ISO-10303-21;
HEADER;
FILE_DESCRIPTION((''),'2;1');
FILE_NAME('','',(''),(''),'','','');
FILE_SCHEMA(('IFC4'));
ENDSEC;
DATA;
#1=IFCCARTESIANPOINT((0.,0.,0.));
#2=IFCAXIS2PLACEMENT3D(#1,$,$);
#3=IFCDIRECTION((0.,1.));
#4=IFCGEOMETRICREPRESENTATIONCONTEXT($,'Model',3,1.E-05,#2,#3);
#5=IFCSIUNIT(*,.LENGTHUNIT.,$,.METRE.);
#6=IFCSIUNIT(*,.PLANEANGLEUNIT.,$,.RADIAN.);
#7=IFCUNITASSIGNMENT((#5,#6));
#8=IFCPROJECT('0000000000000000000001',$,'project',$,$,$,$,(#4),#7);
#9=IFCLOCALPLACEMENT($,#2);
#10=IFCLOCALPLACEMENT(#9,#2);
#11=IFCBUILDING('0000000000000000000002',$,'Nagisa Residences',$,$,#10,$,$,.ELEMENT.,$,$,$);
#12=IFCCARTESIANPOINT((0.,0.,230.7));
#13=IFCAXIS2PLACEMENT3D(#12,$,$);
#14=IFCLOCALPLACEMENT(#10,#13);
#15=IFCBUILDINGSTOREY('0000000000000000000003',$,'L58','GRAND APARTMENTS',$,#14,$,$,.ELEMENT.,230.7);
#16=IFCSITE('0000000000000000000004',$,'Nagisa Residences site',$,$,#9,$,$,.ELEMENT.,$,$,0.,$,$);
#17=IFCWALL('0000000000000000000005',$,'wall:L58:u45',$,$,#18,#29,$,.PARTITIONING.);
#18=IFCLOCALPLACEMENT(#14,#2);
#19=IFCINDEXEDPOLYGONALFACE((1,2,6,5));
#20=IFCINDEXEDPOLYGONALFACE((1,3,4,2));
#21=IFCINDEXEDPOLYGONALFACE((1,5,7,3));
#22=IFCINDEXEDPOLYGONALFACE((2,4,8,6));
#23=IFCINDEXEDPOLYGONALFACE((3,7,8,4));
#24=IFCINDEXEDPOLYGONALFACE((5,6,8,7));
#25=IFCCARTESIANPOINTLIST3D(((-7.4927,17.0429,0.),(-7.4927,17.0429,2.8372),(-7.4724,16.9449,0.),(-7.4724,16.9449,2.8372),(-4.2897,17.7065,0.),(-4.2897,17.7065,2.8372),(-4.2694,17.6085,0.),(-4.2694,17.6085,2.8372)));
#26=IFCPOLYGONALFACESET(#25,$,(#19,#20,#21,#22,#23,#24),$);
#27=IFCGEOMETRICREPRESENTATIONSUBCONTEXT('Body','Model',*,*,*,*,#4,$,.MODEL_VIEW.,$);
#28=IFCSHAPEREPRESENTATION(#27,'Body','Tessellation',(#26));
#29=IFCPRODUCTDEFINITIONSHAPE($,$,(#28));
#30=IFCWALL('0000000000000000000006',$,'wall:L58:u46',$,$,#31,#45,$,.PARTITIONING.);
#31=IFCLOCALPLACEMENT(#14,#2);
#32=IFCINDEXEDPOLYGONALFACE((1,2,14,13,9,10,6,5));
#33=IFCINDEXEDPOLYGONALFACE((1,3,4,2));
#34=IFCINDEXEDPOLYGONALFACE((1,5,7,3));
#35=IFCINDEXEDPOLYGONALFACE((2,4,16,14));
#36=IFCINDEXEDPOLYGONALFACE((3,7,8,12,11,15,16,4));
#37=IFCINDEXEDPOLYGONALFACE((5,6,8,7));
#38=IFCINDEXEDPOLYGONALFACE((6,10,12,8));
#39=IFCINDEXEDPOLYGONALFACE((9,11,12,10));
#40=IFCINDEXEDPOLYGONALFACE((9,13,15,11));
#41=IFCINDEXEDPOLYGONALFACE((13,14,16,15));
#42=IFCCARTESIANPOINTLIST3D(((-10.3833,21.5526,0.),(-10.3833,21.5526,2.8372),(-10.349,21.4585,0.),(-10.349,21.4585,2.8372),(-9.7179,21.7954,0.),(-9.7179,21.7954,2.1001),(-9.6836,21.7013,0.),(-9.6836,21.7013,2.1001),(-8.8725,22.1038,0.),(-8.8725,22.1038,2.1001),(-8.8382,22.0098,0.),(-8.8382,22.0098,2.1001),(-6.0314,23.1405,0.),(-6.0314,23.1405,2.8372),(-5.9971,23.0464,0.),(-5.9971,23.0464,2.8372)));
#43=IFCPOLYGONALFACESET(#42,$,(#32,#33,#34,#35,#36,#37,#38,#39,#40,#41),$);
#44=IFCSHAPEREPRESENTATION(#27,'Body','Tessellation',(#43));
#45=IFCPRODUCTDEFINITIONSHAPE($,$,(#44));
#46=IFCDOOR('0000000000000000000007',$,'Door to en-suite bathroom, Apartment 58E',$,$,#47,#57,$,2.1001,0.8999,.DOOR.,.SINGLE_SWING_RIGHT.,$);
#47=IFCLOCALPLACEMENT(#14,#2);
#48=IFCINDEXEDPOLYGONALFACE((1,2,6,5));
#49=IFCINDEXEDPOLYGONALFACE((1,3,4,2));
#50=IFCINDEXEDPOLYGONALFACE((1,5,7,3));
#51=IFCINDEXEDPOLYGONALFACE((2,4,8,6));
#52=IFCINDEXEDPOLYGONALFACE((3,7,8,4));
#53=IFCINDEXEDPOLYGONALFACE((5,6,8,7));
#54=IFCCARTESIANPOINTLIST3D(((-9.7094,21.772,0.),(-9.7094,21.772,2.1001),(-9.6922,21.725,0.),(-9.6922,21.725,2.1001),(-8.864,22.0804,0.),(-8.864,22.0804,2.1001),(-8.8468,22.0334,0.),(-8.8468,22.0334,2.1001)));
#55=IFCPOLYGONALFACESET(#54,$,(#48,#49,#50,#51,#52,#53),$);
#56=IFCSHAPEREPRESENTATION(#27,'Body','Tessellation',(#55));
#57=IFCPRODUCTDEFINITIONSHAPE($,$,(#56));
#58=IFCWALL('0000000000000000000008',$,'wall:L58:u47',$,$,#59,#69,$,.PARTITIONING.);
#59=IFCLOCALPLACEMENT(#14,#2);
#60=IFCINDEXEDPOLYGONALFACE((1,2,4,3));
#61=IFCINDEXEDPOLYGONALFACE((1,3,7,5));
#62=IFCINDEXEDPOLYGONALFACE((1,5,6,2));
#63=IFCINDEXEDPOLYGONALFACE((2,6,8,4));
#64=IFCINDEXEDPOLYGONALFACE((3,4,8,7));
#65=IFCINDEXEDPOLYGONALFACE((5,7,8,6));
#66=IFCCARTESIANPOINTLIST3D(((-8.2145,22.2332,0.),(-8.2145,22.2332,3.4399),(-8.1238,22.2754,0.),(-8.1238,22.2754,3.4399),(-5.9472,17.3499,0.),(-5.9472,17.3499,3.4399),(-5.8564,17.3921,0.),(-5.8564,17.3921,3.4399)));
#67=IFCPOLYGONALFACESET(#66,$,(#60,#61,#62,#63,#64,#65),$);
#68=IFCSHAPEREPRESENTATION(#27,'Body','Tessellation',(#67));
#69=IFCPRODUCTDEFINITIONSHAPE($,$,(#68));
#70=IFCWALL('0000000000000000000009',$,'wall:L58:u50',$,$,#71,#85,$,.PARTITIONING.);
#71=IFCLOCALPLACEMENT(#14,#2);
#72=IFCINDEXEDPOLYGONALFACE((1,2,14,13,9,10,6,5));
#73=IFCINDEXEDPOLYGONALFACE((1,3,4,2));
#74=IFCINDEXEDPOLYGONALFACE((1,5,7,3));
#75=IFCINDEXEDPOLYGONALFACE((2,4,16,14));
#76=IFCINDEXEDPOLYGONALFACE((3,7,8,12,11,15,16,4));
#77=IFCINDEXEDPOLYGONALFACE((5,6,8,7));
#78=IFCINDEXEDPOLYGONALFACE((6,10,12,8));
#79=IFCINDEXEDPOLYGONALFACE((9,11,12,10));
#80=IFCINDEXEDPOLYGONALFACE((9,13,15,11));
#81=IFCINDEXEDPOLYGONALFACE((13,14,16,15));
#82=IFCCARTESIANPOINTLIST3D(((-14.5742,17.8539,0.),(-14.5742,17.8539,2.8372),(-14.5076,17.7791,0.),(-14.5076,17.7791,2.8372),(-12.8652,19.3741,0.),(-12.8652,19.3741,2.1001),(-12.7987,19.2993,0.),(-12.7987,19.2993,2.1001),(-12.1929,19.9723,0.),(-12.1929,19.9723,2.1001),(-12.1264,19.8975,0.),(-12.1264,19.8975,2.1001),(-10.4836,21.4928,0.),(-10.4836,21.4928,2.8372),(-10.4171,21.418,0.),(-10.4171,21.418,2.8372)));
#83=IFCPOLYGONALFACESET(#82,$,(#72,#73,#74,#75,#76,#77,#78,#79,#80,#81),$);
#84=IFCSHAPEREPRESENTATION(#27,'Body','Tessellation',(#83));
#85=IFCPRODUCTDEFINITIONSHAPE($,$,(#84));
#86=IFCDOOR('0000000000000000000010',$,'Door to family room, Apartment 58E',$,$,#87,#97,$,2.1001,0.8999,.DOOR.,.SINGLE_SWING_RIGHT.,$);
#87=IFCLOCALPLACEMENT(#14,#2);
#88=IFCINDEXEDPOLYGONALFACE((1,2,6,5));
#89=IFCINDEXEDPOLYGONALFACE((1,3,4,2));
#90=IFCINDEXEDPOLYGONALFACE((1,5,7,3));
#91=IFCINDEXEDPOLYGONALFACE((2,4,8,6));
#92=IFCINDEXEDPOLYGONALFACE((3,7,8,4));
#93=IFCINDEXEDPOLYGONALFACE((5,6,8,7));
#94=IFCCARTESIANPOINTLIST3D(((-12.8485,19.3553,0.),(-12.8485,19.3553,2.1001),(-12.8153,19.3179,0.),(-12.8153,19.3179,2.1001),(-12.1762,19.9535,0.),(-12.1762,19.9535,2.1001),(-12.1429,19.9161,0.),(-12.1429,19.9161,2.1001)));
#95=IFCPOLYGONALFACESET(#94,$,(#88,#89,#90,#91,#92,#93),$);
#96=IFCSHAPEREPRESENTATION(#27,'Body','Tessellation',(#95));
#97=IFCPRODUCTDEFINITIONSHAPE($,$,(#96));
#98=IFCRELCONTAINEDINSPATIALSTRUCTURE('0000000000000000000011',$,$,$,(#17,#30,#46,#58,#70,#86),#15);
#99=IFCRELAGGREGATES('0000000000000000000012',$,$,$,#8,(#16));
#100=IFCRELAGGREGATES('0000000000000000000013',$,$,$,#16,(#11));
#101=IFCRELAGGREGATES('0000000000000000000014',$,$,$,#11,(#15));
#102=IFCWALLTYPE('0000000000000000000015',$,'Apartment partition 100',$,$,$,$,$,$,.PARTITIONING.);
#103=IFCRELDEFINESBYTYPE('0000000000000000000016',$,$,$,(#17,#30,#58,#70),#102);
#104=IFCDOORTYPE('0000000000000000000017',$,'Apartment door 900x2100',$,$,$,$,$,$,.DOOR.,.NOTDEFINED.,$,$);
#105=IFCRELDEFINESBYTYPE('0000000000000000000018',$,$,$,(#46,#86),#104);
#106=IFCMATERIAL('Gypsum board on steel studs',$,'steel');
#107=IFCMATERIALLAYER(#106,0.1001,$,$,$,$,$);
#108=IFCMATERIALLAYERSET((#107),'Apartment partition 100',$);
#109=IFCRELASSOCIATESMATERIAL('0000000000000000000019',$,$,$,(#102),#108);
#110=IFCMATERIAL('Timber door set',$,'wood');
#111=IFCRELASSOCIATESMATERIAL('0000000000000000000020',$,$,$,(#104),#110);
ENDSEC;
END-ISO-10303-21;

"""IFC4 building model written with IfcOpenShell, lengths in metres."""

from ifc_helpers import new_model, si_unit, direction, frame, frame_2d, origin, place, context, subcontext, project, spatial, rectangle, extrude, material, layer, layer_set, type_object, element, fill, save


model = new_model("IFC4")

# Units and contexts
model_context = context("Model", 3, precision=1e-05, world=origin(), true_north=direction((0.0, 1.0)))
body_context = subcontext(model_context, "Body", "Model", "MODEL_VIEW")
ifc_project = project(units=[si_unit("LENGTHUNIT", "METRE"), si_unit("PLANEANGLEUNIT", "RADIAN")], contexts=[model_context])

# Site, building, storey
site_placement = place(None, origin())
site = spatial("IfcSite", under=ifc_project, at=site_placement, Name="Nagisa Residences site", CompositionType="ELEMENT", RefElevation=0.0)
building_placement = place(site_placement, origin())
building = spatial("IfcBuilding", under=site, at=building_placement, Name="Nagisa Residences", CompositionType="ELEMENT")
storey_placement = place(building_placement, frame((0.0, 0.0, 230.7)))
storey = spatial("IfcBuildingStorey", under=building, at=storey_placement, Name="L58", Description="GRAND APARTMENTS", CompositionType="ELEMENT", Elevation=230.7)

# Shared definitions
ifc_material_1 = material(Name="Gypsum board on steel studs", Category="steel")
ifc_layer_1 = layer(ifc_material_1, 0.1001)
ifc_layer_set_1 = layer_set([ifc_layer_1], Name="Apartment partition 100")
wall_type_1 = type_object("IfcWallType", Name="Apartment partition 100", PredefinedType="PARTITIONING", material=ifc_layer_set_1)

# Shared definitions
ifc_material_2 = material(Name="Timber door set", Category="wood")
door_type_1 = type_object("IfcDoorType", Name="Apartment door 900x2100", OperationType="NOTDEFINED", PredefinedType="DOOR", material=ifc_material_2)

# Wall
wall_1_placement = place(storey_placement, frame((-4.2795, 17.6575, 0.0), z_axis=(0.0, 0.0, 1.0), x_axis=(-0.979205, -0.202872, 0.0)))
element("IfcWall", 1, at=wall_1_placement, inside=storey, type_object=wall_type_1, Name="wall:L58:u45", PredefinedType="PARTITIONING", context=body_context, shape_type="SweptSolid", body=[
    extrude(rectangle(XDim=3.271, YDim=0.1001, at=frame_2d((1.6355, 0.0))), origin(), (0.0, 0.0, 1.0), 2.8372),
])

# Wall, opening, door
wall_2_placement = place(storey_placement, frame((-6.0142, 23.0935, 0.0), z_axis=(0.0, 0.0, 1.0), x_axis=(-0.939417, -0.342775, 0.0)))
wall_2 = element("IfcWall", 2, at=wall_2_placement, inside=storey, type_object=wall_type_1, Name="wall:L58:u46", PredefinedType="PARTITIONING", context=body_context, shape_type="SweptSolid", body=[
    extrude(rectangle(XDim=4.6326, YDim=0.1001, at=frame_2d((2.3164, 0.0))), origin(), (0.0, 0.0, 1.0), 2.8372),
])
opening_1_placement = place(wall_2_placement, frame((3.0244, 0.0, 0.0)))
opening_1 = element("IfcOpeningElement", 3, at=opening_1_placement, cuts=wall_2, PredefinedType="OPENING", context=body_context, shape_type="SweptSolid", body=[
    extrude(rectangle(XDim=0.8999, YDim=2.1001, at=frame_2d((0.45, 1.05))), frame((0.0, 0.0601, 0.0), z_axis=(0.0, -1.0, 0.0), x_axis=(1.0, 0.0, 0.0)), (0.0, 0.0, 1.0), 0.1201),
])
door_1_placement = place(opening_1_placement, origin())
door_1 = element("IfcDoor", 4, at=door_1_placement, inside=storey, type_object=door_type_1, Name="Door to en-suite bathroom, Apartment 58E", OperationType="SINGLE_SWING_RIGHT", OverallHeight=2.1001, OverallWidth=0.8999, PredefinedType="DOOR", context=body_context, shape_type="SweptSolid", body=[
    extrude(rectangle(XDim=0.8999, YDim=2.1001, at=frame_2d((0.45, 1.05))), frame((0.0, 0.0249, 0.0), z_axis=(0.0, -1.0, 0.0), x_axis=(1.0, 0.0, 0.0)), (0.0, 0.0, 1.0), 0.05),
])
fill(opening_1, door_1)

# Wall
wall_3_placement = place(storey_placement, frame((-5.9019, 17.3711, 0.0), z_axis=(0.0, 0.0, 1.0), x_axis=(-0.421125, 0.907003, 0.0)))
element("IfcWall", 5, at=wall_3_placement, inside=storey, type_object=wall_type_1, Name="wall:L58:u47", PredefinedType="PARTITIONING", context=body_context, shape_type="SweptSolid", body=[
    extrude(rectangle(XDim=5.384, YDim=0.1001, at=frame_2d((2.6919, 0.0))), origin(), (0.0, 0.0, 1.0), 3.4399),
])

# Wall, opening, door
wall_4_placement = place(storey_placement, frame((-10.4504, 21.4553, 0.0), z_axis=(0.0, 0.0, 1.0), x_axis=(-0.747151, -0.664654, 0.0)))
wall_4 = element("IfcWall", 6, at=wall_4_placement, inside=storey, type_object=wall_type_1, Name="wall:L58:u50", PredefinedType="PARTITIONING", context=body_context, shape_type="SweptSolid", body=[
    extrude(rectangle(XDim=5.4749, YDim=0.1001, at=frame_2d((2.7373, 0.0))), origin(), (0.0, 0.0, 1.0), 2.8372),
])
opening_2_placement = place(wall_4_placement, frame((2.2876, 0.0, 0.0)))
opening_2 = element("IfcOpeningElement", 7, at=opening_2_placement, cuts=wall_4, PredefinedType="OPENING", context=body_context, shape_type="SweptSolid", body=[
    extrude(rectangle(XDim=0.8999, YDim=2.1001, at=frame_2d((0.45, 1.05))), frame((0.0, 0.0601, 0.0), z_axis=(0.0, -1.0, 0.0), x_axis=(1.0, 0.0, 0.0)), (0.0, 0.0, 1.0), 0.1201),
])
door_2_placement = place(opening_2_placement, frame((0.8999, 0.0, 0.0), x_axis=(-1.0, 0.0, 0.0)))
door_2 = element("IfcDoor", 8, at=door_2_placement, inside=storey, type_object=door_type_1, Name="Door to family room, Apartment 58E", OperationType="SINGLE_SWING_RIGHT", OverallHeight=2.1001, OverallWidth=0.8999, PredefinedType="DOOR", context=body_context, shape_type="SweptSolid", body=[
    extrude(rectangle(XDim=0.8999, YDim=2.1001, at=frame_2d((0.45, 1.05))), frame((0.0, 0.0249, 0.0), z_axis=(0.0, -1.0, 0.0), x_axis=(1.0, 0.0, 0.0)), (0.0, 0.0, 1.0), 0.05),
])
fill(opening_2, door_2)

save(model, "model.ifc")
